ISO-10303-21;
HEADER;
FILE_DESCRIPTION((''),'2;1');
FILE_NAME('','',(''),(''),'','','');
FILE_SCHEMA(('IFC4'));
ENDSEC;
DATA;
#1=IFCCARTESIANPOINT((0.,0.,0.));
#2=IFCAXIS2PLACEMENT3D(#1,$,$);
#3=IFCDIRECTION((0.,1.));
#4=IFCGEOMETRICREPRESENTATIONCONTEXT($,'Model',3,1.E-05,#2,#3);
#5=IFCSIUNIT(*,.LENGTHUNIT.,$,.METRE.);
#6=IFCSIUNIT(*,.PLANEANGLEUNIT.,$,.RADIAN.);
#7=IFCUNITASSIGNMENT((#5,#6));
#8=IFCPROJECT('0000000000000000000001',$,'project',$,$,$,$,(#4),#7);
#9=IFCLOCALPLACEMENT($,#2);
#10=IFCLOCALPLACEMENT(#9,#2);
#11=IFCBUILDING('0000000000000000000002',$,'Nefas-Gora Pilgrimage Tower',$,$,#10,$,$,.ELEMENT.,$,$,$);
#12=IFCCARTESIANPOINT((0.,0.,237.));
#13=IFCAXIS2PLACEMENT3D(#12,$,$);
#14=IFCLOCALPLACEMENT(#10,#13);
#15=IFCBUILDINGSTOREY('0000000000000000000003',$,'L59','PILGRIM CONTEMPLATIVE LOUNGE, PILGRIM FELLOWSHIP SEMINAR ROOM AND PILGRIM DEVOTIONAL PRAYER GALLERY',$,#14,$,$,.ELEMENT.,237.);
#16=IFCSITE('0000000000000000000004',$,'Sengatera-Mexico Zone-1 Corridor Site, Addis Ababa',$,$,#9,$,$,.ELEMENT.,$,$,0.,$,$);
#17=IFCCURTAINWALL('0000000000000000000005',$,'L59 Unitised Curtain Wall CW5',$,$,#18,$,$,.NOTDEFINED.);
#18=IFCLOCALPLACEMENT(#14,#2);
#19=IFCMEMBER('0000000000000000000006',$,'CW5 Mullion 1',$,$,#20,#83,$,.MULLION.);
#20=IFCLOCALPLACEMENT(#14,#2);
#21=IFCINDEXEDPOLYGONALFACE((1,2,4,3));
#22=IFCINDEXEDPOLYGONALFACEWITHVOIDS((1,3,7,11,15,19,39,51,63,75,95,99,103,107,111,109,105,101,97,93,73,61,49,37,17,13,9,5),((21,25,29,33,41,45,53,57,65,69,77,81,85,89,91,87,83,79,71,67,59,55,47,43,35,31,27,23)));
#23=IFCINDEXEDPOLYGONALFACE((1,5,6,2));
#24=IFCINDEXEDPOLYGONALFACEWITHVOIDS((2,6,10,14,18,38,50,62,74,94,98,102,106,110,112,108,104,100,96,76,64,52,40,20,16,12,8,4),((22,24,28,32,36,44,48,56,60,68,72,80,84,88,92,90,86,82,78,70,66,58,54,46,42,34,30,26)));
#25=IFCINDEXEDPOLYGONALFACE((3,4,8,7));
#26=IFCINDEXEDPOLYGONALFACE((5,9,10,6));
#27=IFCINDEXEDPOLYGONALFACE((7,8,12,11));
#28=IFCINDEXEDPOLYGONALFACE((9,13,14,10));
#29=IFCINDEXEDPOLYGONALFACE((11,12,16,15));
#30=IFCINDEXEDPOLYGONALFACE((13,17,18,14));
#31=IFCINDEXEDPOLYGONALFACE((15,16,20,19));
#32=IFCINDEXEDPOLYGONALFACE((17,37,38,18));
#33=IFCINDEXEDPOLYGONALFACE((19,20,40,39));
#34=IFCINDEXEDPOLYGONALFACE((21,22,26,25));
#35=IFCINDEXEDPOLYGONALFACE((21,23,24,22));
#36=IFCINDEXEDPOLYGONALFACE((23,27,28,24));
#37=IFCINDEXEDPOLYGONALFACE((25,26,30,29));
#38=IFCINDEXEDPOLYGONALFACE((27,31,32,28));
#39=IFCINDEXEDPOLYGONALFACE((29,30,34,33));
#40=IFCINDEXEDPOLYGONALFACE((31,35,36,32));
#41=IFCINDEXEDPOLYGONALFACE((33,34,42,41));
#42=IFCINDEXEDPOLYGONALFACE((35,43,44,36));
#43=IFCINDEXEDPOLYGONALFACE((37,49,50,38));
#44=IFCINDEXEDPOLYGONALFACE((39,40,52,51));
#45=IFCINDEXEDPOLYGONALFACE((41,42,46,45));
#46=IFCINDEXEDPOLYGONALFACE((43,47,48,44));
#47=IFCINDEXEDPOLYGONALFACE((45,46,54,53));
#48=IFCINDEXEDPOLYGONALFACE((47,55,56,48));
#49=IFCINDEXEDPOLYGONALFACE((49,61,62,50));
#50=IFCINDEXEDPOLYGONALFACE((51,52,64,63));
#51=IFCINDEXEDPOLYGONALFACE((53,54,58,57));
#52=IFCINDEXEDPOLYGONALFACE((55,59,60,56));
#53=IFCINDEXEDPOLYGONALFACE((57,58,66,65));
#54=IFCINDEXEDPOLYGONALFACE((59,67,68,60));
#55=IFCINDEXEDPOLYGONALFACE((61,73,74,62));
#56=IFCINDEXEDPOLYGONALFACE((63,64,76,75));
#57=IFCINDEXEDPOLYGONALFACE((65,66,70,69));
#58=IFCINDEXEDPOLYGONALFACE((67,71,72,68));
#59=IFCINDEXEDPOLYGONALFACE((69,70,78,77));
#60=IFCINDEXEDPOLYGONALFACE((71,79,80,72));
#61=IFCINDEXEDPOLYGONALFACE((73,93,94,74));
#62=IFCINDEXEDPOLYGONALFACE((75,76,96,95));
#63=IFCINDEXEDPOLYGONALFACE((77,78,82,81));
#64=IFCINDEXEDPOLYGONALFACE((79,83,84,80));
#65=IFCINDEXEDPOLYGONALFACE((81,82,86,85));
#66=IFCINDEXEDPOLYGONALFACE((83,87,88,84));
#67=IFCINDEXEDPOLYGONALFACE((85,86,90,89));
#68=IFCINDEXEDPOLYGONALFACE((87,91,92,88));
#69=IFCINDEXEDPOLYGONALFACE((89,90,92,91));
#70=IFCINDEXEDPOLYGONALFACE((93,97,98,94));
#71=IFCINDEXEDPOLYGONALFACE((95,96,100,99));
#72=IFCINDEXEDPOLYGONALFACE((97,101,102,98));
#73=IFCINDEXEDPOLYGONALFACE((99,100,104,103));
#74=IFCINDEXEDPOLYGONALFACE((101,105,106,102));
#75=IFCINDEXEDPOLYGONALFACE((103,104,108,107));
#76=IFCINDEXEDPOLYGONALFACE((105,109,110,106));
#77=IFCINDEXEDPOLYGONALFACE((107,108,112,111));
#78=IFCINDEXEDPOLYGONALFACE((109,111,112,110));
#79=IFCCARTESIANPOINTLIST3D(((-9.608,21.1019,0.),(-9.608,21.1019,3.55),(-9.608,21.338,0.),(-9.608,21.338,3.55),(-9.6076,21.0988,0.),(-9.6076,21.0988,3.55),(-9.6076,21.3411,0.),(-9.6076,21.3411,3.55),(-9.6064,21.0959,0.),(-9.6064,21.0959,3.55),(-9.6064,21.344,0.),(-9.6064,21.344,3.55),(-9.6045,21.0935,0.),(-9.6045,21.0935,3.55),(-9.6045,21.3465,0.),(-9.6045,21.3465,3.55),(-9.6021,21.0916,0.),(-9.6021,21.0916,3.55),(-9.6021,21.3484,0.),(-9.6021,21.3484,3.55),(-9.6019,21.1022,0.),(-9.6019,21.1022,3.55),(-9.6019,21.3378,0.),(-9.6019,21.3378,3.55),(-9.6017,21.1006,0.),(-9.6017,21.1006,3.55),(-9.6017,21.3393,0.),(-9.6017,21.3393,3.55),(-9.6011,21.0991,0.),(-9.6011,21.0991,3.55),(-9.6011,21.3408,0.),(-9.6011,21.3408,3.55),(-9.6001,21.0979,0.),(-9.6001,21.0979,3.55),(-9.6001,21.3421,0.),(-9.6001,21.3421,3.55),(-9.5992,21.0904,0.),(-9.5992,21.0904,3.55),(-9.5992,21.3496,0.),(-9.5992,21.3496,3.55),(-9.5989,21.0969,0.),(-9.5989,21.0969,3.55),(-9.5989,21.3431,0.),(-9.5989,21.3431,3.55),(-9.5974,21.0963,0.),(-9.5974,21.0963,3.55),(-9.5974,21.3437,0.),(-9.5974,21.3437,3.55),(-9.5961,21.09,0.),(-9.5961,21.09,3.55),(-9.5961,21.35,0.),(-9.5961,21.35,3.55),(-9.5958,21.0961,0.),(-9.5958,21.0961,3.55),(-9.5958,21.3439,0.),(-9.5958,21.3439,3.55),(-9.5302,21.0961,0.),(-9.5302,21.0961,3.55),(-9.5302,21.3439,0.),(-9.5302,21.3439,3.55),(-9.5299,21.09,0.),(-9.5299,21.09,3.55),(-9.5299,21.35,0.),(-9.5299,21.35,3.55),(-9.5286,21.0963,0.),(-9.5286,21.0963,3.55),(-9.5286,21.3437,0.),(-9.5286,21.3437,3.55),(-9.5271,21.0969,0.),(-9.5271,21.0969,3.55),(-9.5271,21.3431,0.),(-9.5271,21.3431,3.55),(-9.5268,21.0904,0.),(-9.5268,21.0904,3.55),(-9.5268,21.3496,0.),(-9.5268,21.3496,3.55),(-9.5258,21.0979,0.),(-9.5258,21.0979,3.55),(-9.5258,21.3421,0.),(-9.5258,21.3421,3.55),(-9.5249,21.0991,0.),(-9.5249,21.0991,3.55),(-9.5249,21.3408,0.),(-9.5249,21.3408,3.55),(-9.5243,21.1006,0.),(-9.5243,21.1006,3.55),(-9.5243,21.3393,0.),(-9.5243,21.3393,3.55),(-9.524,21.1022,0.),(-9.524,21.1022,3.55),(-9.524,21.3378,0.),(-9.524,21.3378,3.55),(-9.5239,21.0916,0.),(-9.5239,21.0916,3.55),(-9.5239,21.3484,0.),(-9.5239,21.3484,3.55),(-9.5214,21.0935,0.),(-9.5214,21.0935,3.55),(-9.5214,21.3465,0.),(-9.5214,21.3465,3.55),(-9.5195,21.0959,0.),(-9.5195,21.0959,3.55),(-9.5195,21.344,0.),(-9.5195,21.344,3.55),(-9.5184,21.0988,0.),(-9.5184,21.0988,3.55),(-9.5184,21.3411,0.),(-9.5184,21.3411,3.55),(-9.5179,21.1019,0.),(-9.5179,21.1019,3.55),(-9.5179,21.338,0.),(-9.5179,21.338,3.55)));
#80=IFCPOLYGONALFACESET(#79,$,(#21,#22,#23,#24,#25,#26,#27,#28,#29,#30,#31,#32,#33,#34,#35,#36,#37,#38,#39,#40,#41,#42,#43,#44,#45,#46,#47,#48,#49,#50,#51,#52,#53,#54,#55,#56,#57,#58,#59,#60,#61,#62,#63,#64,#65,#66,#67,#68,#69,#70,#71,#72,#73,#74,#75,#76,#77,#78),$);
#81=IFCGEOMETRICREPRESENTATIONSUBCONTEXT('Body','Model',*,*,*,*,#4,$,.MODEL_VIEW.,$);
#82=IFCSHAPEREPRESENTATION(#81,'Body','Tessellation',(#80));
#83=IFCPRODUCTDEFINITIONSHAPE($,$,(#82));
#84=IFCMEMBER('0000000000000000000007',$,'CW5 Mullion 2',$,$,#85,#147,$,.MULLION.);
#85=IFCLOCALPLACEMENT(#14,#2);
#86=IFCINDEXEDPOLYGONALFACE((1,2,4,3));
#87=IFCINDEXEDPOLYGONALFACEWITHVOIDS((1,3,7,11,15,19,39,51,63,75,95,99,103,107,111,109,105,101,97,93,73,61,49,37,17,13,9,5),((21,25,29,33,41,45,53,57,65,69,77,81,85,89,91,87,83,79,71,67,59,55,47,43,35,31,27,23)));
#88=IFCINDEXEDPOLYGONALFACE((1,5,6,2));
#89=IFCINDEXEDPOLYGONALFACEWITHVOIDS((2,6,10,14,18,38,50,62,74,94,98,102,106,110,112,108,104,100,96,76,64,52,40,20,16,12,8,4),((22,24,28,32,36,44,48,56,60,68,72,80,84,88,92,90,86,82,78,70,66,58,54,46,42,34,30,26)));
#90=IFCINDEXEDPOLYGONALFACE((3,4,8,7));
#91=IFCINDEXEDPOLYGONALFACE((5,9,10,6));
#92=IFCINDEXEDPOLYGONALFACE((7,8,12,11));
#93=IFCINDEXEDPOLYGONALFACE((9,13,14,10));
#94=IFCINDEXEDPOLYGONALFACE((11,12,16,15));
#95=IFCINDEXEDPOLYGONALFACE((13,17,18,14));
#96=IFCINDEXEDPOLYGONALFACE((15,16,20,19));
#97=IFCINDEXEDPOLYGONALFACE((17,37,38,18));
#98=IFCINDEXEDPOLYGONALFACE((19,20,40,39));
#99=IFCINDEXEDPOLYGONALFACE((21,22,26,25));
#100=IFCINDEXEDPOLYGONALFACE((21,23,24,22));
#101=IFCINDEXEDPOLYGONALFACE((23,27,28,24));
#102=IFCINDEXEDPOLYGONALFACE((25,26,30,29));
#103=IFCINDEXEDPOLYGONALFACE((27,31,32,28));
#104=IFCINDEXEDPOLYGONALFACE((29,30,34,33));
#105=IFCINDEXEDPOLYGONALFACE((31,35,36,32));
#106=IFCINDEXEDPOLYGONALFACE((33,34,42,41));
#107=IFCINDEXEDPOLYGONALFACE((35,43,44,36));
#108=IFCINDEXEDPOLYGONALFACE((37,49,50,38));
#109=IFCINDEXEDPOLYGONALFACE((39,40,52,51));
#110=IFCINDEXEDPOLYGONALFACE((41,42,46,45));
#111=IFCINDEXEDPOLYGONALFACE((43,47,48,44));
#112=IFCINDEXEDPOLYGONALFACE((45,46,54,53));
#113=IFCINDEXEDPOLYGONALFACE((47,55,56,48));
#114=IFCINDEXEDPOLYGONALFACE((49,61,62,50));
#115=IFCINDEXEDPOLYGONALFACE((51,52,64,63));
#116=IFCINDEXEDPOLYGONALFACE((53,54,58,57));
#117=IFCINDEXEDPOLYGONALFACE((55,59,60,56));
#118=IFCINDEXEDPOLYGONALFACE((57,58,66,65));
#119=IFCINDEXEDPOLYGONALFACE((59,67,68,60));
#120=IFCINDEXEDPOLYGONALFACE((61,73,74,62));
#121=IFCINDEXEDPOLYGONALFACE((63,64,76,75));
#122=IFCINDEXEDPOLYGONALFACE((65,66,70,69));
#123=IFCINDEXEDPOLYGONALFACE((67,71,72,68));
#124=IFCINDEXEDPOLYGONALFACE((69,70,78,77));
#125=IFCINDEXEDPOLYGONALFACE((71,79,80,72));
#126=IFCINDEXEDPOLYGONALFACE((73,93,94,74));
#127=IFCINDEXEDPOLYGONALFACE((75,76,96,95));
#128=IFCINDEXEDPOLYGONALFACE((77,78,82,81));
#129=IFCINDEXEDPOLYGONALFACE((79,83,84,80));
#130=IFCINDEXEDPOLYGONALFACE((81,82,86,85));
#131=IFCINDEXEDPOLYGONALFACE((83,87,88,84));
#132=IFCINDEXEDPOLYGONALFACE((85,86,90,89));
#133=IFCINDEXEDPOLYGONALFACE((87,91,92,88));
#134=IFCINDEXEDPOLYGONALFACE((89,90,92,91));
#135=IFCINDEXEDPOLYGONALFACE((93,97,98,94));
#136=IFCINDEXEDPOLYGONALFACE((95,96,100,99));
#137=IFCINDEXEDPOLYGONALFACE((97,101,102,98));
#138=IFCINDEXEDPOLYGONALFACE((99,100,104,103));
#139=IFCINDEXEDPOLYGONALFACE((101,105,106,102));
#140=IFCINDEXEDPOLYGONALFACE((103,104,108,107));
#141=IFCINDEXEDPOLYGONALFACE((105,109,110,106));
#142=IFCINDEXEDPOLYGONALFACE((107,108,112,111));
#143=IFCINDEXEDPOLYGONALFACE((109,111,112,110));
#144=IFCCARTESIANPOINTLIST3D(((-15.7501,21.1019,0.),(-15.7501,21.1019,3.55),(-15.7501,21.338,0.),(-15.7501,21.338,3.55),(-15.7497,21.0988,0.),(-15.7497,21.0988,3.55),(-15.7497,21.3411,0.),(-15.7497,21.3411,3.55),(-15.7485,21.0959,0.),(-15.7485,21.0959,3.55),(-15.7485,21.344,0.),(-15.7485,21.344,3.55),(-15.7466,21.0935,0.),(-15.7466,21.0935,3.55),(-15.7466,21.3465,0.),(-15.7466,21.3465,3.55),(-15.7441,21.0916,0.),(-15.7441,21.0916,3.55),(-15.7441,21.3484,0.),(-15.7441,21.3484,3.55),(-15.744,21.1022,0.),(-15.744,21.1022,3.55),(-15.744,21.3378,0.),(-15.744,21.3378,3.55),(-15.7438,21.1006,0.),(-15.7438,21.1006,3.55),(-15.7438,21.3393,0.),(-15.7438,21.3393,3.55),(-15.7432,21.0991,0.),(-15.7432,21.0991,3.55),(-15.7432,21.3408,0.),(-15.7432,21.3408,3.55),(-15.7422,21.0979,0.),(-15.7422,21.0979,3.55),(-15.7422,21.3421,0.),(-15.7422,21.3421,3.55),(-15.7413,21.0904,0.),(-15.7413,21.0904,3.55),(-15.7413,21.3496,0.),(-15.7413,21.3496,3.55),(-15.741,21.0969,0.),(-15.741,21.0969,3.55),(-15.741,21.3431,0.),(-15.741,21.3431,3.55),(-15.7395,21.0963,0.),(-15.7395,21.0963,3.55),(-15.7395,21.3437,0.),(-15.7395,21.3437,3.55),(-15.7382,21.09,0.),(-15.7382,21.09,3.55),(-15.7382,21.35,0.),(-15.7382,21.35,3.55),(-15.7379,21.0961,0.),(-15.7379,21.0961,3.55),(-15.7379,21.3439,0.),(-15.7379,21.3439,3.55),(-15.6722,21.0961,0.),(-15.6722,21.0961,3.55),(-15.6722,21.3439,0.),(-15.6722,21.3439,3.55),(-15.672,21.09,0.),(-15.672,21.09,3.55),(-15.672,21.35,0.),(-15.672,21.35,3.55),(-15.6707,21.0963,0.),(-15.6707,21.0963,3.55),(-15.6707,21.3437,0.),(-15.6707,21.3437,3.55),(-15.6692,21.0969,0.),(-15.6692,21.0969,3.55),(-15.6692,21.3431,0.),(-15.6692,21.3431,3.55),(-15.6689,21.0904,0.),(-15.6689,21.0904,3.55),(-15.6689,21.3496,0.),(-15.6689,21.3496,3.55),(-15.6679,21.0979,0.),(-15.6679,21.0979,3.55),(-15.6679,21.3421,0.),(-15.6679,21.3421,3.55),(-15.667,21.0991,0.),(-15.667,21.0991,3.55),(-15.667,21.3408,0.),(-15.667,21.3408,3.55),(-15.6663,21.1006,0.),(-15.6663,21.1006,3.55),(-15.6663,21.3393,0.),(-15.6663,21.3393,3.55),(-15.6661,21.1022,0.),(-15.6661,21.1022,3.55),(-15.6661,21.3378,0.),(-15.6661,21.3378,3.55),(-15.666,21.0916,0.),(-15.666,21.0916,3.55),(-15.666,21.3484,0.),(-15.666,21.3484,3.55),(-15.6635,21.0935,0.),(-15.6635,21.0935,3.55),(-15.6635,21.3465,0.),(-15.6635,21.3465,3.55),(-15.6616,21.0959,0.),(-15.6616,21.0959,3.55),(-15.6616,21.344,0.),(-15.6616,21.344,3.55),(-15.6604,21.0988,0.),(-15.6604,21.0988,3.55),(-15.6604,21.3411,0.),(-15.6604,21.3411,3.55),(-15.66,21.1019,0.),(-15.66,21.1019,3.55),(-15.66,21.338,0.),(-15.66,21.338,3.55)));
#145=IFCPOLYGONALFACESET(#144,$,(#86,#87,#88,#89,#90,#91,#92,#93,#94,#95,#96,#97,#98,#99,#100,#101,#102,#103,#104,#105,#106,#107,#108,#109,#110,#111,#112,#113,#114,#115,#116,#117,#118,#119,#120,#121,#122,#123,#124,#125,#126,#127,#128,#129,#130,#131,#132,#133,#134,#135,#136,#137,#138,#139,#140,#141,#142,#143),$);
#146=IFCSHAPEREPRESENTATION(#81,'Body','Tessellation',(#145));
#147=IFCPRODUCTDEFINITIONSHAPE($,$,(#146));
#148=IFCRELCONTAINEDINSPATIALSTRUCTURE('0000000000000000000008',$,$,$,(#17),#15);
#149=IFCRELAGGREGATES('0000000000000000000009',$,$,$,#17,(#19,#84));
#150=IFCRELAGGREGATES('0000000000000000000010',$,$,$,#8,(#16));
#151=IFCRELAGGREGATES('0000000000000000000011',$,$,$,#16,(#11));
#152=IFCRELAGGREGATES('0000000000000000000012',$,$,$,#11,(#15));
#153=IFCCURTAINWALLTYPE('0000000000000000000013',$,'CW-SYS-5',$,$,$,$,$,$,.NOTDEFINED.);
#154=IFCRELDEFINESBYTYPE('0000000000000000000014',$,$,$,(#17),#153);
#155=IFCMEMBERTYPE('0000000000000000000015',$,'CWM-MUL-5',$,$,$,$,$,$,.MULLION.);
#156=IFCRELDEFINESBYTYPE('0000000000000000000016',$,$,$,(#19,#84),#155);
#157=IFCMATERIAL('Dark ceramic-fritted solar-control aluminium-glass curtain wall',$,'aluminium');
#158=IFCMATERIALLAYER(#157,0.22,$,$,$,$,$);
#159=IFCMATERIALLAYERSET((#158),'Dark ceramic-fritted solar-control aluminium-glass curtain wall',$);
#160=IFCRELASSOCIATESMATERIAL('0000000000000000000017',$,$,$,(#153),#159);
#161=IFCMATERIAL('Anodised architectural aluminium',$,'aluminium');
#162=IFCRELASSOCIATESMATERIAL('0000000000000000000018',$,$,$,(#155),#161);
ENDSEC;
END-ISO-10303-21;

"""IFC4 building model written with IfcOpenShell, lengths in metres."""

from ifc_helpers import new_model, si_unit, direction, frame, origin, origin_2d, place, context, subcontext, project, spatial, hollow_rectangle, extrude, source, transform, mapped, material, layer, layer_set, material_profile, profile_set, type_object, element, aggregate, save


model = new_model("IFC4")

# Units and contexts
model_context = context("Model", 3, precision=1e-05, world=origin(), true_north=direction((0.0, 1.0)))
body_context = subcontext(model_context, "Body", "Model", "MODEL_VIEW")
ifc_project = project(units=[si_unit("LENGTHUNIT", "METRE"), si_unit("PLANEANGLEUNIT", "RADIAN")], contexts=[model_context])

# Site, building, storey
site_placement = place(None, origin())
site = spatial("IfcSite", under=ifc_project, at=site_placement, Name="Sengatera-Mexico Zone-1 Corridor Site, Addis Ababa", CompositionType="ELEMENT", RefElevation=0.0)
building_placement = place(site_placement, origin())
building = spatial("IfcBuilding", under=site, at=building_placement, Name="Nefas-Gora Pilgrimage Tower", CompositionType="ELEMENT")
storey_placement = place(building_placement, frame((0.0, 0.0, 237.0)))
storey = spatial("IfcBuildingStorey", under=building, at=storey_placement, Name="L59", Description="PILGRIM CONTEMPLATIVE LOUNGE, PILGRIM FELLOWSHIP SEMINAR ROOM AND PILGRIM DEVOTIONAL PRAYER GALLERY", CompositionType="ELEMENT", Elevation=237.0)

# Curtain wall, members
ifc_material_1 = material(Name="Dark ceramic-fritted solar-control aluminium-glass curtain wall", Category="aluminium")
ifc_layer_1 = layer(ifc_material_1, 0.22)
ifc_layer_set_1 = layer_set([ifc_layer_1], Name="Dark ceramic-fritted solar-control aluminium-glass curtain wall")
curtain_wall_type_1 = type_object("IfcCurtainWallType", Name="CW-SYS-5", PredefinedType="NOTDEFINED", material=ifc_layer_set_1)
curtain_wall_1_placement = place(storey_placement, origin())
curtain_wall_1 = element("IfcCurtainWall", 1, at=curtain_wall_1_placement, inside=storey, type_object=curtain_wall_type_1, Name="L59 Unitised Curtain Wall CW5", PredefinedType="NOTDEFINED")
ifc_material_2 = material(Name="Anodised architectural aluminium", Category="aluminium")
ifc_material_profile_1 = material_profile(ifc_material_2, hollow_rectangle(XDim=0.0901, YDim=0.26, WallThickness=0.0061, InnerFilletRadius=0.0061, OuterFilletRadius=0.012, at=origin_2d()), Name="ALU MULLION 90x260")
ifc_profile_set_1 = profile_set([ifc_material_profile_1], Name="Anodised architectural aluminium")
member_type_1 = type_object("IfcMemberType", Name="CWM-MUL-5", PredefinedType="MULLION", material=ifc_profile_set_1)
shared_shape_1 = source(origin(), body_context, "Body", "SweptSolid", [
    extrude(hollow_rectangle(XDim=0.0901, YDim=0.26, WallThickness=0.0061, InnerFilletRadius=0.0061, OuterFilletRadius=0.012, at=origin_2d()), origin(), (0.0, 0.0, 1.0), 3.55),
])
member_1_placement = place(storey_placement, frame((-9.563, 21.22, 0.0), z_axis=(0.0, 0.0, 1.0), x_axis=(-1.0, 0.0, 0.0)))
member_1 = element("IfcMember", 2, at=member_1_placement, type_object=member_type_1, Name="CW5 Mullion 1", PredefinedType="MULLION", context=body_context, shape_type="MappedRepresentation", body=[
    mapped(shared_shape_1, transform((0.0, 0.0, 0.0), x_axis=(1.0, 0.0, 0.0), y_axis=(0.0, 1.0, 0.0), z_axis=(0.0, 0.0, 1.0), scale=1.0)),
])
member_2_placement = place(storey_placement, frame((-15.7051, 21.22, 0.0), z_axis=(0.0, 0.0, 1.0), x_axis=(-1.0, 0.0, 0.0)))
member_2 = element("IfcMember", 3, at=member_2_placement, type_object=member_type_1, Name="CW5 Mullion 2", PredefinedType="MULLION", context=body_context, shape_type="MappedRepresentation", body=[
    mapped(shared_shape_1, transform((0.0, 0.0, 0.0), x_axis=(1.0, 0.0, 0.0), y_axis=(0.0, 1.0, 0.0), z_axis=(0.0, 0.0, 1.0), scale=1.0)),
])

aggregate(curtain_wall_1, [member_1, member_2])

save(model, "model.ifc")
